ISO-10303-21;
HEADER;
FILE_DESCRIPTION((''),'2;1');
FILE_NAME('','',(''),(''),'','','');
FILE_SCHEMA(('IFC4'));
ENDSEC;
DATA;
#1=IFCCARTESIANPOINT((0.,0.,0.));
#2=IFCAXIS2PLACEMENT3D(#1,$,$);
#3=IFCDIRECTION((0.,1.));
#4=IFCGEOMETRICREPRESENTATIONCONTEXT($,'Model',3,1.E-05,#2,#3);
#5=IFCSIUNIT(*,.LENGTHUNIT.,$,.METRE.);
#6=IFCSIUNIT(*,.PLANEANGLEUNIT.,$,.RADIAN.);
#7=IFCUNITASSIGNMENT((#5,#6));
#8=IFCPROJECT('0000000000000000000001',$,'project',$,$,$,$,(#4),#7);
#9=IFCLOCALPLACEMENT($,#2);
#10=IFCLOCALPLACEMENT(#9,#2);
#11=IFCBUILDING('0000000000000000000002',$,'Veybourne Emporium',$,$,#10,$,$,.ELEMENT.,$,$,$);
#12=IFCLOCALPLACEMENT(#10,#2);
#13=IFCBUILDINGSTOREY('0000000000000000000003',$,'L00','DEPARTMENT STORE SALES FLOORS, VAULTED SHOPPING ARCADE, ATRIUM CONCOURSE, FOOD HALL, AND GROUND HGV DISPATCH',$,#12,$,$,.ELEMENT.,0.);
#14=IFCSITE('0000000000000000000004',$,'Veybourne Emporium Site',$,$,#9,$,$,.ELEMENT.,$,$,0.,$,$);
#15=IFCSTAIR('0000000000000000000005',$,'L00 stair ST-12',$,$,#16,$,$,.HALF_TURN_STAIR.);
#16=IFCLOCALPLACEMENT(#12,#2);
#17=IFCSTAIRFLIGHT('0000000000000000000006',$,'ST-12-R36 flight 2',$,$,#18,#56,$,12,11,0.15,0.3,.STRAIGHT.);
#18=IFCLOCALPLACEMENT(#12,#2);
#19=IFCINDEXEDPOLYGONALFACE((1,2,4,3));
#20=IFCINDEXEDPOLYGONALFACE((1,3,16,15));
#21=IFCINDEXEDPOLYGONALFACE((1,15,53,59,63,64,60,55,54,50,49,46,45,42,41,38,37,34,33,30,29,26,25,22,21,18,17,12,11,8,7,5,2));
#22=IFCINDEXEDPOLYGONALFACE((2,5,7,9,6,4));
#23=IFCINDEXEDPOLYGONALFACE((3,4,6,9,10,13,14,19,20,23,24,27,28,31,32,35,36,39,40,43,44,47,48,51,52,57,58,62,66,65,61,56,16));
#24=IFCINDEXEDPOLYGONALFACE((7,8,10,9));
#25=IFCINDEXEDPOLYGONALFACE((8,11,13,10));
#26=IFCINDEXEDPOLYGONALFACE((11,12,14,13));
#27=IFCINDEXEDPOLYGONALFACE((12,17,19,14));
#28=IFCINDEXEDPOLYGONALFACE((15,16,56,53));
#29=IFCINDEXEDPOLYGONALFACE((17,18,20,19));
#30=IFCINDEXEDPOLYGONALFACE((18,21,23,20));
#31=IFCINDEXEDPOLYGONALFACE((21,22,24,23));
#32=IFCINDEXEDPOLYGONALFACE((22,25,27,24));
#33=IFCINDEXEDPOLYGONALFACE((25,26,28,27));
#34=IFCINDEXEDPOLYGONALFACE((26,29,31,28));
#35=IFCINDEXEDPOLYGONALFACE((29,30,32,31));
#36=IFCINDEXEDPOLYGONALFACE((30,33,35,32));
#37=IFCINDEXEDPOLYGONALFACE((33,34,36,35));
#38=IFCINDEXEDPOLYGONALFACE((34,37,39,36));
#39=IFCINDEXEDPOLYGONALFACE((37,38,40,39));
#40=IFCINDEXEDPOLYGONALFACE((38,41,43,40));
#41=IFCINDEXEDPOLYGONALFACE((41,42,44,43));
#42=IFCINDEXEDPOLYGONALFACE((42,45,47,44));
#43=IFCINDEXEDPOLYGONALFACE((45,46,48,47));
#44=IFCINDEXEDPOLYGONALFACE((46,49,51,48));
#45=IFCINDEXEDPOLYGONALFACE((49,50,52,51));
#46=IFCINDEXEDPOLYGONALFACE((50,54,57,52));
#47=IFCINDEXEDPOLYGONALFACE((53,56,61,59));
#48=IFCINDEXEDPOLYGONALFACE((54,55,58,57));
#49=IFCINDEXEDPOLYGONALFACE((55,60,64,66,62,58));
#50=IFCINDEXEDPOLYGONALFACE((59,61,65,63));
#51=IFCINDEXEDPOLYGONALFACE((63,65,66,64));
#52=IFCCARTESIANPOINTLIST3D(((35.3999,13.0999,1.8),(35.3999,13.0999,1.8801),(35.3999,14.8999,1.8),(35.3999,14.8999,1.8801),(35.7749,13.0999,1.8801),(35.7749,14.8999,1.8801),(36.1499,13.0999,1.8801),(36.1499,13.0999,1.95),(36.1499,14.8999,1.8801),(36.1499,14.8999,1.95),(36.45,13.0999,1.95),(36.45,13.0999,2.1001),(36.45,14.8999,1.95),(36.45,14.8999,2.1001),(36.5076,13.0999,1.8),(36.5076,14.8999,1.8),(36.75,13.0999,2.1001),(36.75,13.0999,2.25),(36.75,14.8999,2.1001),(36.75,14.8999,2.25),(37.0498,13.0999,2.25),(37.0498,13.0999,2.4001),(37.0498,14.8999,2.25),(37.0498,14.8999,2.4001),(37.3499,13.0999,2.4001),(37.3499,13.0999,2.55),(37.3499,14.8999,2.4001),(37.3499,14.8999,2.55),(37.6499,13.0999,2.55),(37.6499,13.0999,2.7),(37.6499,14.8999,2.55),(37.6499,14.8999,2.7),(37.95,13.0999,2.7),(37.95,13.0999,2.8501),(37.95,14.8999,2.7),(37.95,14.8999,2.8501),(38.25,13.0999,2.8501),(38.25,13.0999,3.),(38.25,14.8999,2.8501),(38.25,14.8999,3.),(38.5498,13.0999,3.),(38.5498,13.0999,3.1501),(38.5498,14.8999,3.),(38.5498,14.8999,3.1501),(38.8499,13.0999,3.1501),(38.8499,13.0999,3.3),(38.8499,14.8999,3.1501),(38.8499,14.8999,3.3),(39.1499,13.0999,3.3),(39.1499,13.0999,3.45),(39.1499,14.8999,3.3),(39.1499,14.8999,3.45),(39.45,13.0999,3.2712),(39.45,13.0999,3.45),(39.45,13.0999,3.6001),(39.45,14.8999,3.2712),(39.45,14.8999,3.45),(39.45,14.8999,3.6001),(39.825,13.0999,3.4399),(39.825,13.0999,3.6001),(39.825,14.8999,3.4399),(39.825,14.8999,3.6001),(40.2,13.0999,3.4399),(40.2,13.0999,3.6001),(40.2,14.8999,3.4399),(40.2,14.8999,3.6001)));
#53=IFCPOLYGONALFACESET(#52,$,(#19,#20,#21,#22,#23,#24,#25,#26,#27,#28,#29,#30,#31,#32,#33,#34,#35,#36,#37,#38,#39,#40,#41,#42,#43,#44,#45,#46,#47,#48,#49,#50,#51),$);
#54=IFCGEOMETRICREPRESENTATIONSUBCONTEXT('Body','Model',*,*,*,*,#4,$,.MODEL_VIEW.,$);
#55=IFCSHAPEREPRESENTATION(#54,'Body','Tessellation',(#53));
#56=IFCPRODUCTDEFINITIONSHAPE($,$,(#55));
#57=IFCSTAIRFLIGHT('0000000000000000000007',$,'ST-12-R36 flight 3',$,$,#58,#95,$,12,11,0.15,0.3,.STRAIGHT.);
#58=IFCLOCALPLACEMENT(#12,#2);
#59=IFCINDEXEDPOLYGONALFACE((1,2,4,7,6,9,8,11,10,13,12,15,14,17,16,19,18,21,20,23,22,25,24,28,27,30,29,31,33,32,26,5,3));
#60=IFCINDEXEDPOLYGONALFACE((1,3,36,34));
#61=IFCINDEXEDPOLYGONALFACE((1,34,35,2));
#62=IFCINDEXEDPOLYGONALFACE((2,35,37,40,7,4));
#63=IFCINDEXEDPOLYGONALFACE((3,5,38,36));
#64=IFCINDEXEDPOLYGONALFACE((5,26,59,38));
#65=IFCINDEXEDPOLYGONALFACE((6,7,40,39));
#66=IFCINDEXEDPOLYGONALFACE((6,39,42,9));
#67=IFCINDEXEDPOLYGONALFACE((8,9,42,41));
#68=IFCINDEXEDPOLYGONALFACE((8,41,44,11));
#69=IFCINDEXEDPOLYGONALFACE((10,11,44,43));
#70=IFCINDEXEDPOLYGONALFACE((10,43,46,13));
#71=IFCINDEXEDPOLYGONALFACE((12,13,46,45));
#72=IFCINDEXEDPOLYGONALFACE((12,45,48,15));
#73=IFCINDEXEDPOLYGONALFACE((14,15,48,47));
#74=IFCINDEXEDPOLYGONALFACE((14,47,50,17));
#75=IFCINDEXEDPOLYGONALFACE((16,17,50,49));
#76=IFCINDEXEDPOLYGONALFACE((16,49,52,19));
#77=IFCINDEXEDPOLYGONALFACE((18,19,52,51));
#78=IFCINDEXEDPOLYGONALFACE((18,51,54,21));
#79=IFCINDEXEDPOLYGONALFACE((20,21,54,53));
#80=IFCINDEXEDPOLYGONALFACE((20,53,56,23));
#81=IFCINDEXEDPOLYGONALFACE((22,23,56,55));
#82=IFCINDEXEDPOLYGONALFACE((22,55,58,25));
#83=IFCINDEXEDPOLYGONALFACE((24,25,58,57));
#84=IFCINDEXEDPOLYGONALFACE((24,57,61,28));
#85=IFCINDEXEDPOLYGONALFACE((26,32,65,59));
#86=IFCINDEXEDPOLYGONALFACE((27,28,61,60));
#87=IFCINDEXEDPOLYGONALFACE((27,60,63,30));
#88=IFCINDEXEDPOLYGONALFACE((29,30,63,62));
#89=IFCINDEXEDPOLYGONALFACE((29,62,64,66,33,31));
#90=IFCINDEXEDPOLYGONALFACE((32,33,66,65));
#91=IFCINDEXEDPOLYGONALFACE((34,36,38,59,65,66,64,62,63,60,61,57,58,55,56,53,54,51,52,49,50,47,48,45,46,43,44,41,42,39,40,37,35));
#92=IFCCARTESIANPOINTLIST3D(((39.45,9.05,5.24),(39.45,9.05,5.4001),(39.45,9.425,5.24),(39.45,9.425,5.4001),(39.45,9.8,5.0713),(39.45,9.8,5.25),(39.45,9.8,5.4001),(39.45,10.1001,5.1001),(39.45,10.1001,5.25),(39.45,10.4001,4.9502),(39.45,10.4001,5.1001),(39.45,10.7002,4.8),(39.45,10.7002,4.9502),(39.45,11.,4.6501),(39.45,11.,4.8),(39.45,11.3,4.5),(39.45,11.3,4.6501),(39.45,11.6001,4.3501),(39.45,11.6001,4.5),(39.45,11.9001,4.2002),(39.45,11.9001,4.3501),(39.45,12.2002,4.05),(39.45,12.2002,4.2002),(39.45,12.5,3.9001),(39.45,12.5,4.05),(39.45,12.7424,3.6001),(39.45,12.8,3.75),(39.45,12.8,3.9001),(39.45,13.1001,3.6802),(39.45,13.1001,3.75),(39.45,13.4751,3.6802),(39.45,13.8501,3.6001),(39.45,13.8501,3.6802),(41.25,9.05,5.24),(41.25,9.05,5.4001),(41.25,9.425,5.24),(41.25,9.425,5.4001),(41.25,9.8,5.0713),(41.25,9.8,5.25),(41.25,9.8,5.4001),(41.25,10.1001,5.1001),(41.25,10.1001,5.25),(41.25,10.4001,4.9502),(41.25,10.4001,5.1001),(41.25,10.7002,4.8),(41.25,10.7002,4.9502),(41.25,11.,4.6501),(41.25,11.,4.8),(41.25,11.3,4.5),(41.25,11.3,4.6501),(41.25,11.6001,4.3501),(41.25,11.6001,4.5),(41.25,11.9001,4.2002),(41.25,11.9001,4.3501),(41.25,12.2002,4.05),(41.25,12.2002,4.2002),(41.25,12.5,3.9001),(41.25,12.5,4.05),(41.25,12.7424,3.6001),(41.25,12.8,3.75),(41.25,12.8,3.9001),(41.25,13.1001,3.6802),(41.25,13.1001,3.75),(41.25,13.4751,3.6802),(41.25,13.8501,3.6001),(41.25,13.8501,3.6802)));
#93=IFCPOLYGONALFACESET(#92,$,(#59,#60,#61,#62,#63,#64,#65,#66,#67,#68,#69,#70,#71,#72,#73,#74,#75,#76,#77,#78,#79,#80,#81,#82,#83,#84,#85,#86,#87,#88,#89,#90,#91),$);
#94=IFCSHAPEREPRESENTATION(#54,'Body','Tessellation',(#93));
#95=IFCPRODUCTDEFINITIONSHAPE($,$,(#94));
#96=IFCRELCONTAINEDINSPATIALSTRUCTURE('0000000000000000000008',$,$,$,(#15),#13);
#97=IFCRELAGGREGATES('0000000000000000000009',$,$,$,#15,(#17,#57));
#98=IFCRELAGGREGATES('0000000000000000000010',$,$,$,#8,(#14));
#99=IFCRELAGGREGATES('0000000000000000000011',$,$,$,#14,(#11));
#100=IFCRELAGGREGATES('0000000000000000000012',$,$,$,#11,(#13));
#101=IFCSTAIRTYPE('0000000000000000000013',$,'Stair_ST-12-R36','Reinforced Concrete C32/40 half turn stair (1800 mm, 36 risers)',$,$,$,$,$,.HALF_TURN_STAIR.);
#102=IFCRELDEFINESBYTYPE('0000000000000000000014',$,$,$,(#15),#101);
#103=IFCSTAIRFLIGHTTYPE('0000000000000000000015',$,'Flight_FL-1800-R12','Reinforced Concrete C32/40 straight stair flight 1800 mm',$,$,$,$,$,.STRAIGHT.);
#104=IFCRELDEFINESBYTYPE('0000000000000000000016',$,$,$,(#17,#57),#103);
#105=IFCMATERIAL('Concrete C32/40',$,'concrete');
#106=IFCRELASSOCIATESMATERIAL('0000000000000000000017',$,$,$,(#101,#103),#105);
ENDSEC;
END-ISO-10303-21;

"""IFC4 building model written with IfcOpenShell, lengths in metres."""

from ifc_helpers import new_model, si_unit, direction, frame, origin, place, context, subcontext, project, spatial, polyline, outline, extrude, material, type_object, element, aggregate, save


model = new_model("IFC4")

# Units and contexts
model_context = context("Model", 3, precision=1e-05, world=origin(), true_north=direction((0.0, 1.0)))
body_context = subcontext(model_context, "Body", "Model", "MODEL_VIEW")
ifc_project = project(units=[si_unit("LENGTHUNIT", "METRE"), si_unit("PLANEANGLEUNIT", "RADIAN")], contexts=[model_context])

# Site, building, storey
site_placement = place(None, origin())
site = spatial("IfcSite", under=ifc_project, at=site_placement, Name="Veybourne Emporium Site", CompositionType="ELEMENT", RefElevation=0.0)
building_placement = place(site_placement, origin())
building = spatial("IfcBuilding", under=site, at=building_placement, Name="Veybourne Emporium", CompositionType="ELEMENT")
storey_placement = place(building_placement, origin())
storey = spatial("IfcBuildingStorey", under=building, at=storey_placement, Name="L00", Description="DEPARTMENT STORE SALES FLOORS, VAULTED SHOPPING ARCADE, ATRIUM CONCOURSE, FOOD HALL, AND GROUND HGV DISPATCH", CompositionType="ELEMENT", Elevation=0.0)

# Shared definitions
ifc_material_1 = material(Name="Concrete C32/40", Category="concrete")

# Stair, stair flights
stair_type = type_object("IfcStairType", Name="Stair_ST-12-R36", Description="Reinforced Concrete C32/40 half turn stair (1800 mm, 36 risers)", PredefinedType="HALF_TURN_STAIR", material=ifc_material_1)
stair_placement = place(storey_placement, origin())
stair = element("IfcStair", 1, at=stair_placement, inside=storey, type_object=stair_type, Name="L00 stair ST-12", PredefinedType="HALF_TURN_STAIR")
stair_flight_type = type_object("IfcStairFlightType", Name="Flight_FL-1800-R12", Description="Reinforced Concrete C32/40 straight stair flight 1800 mm", PredefinedType="STRAIGHT", material=ifc_material_1)
stair_flight_1_placement = place(storey_placement, frame((36.1499, 14.0, 1.8), z_axis=(0.0, 0.0, 1.0), x_axis=(1.0, 0.0, 0.0)))
stair_flight_1 = element("IfcStairFlight", 2, at=stair_flight_1_placement, type_object=stair_flight_type, Name="ST-12-R36 flight 2", NumberOfRisers=12, NumberOfTreads=11, PredefinedType="STRAIGHT", RiserHeight=0.15, TreadLength=0.3, context=body_context, shape_type="SweptSolid", body=[
    extrude(outline(polyline([(-0.75, 0.0), (-0.75, 0.0801), (-0.375, 0.0801), (0.0, 0.0801), (0.0, 0.1499), (0.3, 0.1499), (0.3, 0.3), (0.6001, 0.3), (0.6001, 0.45), (0.8999, 0.45), (0.8999, 0.6001), (1.2, 0.6001), (1.2, 0.75), (1.5, 0.75), (1.5, 0.8999), (1.8, 0.8999), (1.8, 1.05), (2.1001, 1.05), (2.1001, 1.2), (2.3999, 1.2), (2.3999, 1.3501), (2.7, 1.3501), (2.7, 1.5), (3.0, 1.5), (3.0, 1.6499), (3.3, 1.6499), (3.3, 1.8), (3.675, 1.8), (4.05, 1.8), (4.05, 1.6399), (3.675, 1.6399), (3.3, 1.4712), (0.3577, 0.0), (-0.75, 0.0)])), frame((0.0, 0.8999, 0.0), z_axis=(0.0, -1.0, 0.0), x_axis=(1.0, 0.0, 0.0)), (0.0, 0.0, 1.0), 1.8),
])
stair_flight_2_placement = place(storey_placement, frame((40.3501, 13.1001, 3.6001), z_axis=(0.0, 0.0, 1.0), x_axis=(0.0, -1.0, 0.0)))
stair_flight_2 = element("IfcStairFlight", 3, at=stair_flight_2_placement, type_object=stair_flight_type, Name="ST-12-R36 flight 3", NumberOfRisers=12, NumberOfTreads=11, PredefinedType="STRAIGHT", RiserHeight=0.15, TreadLength=0.3, context=body_context, shape_type="SweptSolid", body=[
    extrude(outline(polyline([(-0.75, 0.0), (-0.75, 0.0801), (-0.375, 0.0801), (0.0, 0.0801), (0.0, 0.1499), (0.3, 0.1499), (0.3, 0.3), (0.6001, 0.3), (0.6001, 0.45), (0.8999, 0.45), (0.8999, 0.6001), (1.2, 0.6001), (1.2, 0.75), (1.5, 0.75), (1.5, 0.8999), (1.8, 0.8999), (1.8, 1.05), (2.1001, 1.05), (2.1001, 1.2), (2.3999, 1.2), (2.3999, 1.3501), (2.7, 1.3501), (2.7, 1.5), (3.0, 1.5), (3.0, 1.6499), (3.3, 1.6499), (3.3, 1.8), (3.675, 1.8), (4.05, 1.8), (4.05, 1.6399), (3.675, 1.6399), (3.3, 1.4712), (0.3577, 0.0), (-0.75, 0.0)])), frame((0.0, 0.8999, 0.0), z_axis=(0.0, -1.0, 0.0), x_axis=(1.0, 0.0, 0.0)), (0.0, 0.0, 1.0), 1.8),
])
aggregate(stair, [stair_flight_1, stair_flight_2])

save(model, "model.ifc")
